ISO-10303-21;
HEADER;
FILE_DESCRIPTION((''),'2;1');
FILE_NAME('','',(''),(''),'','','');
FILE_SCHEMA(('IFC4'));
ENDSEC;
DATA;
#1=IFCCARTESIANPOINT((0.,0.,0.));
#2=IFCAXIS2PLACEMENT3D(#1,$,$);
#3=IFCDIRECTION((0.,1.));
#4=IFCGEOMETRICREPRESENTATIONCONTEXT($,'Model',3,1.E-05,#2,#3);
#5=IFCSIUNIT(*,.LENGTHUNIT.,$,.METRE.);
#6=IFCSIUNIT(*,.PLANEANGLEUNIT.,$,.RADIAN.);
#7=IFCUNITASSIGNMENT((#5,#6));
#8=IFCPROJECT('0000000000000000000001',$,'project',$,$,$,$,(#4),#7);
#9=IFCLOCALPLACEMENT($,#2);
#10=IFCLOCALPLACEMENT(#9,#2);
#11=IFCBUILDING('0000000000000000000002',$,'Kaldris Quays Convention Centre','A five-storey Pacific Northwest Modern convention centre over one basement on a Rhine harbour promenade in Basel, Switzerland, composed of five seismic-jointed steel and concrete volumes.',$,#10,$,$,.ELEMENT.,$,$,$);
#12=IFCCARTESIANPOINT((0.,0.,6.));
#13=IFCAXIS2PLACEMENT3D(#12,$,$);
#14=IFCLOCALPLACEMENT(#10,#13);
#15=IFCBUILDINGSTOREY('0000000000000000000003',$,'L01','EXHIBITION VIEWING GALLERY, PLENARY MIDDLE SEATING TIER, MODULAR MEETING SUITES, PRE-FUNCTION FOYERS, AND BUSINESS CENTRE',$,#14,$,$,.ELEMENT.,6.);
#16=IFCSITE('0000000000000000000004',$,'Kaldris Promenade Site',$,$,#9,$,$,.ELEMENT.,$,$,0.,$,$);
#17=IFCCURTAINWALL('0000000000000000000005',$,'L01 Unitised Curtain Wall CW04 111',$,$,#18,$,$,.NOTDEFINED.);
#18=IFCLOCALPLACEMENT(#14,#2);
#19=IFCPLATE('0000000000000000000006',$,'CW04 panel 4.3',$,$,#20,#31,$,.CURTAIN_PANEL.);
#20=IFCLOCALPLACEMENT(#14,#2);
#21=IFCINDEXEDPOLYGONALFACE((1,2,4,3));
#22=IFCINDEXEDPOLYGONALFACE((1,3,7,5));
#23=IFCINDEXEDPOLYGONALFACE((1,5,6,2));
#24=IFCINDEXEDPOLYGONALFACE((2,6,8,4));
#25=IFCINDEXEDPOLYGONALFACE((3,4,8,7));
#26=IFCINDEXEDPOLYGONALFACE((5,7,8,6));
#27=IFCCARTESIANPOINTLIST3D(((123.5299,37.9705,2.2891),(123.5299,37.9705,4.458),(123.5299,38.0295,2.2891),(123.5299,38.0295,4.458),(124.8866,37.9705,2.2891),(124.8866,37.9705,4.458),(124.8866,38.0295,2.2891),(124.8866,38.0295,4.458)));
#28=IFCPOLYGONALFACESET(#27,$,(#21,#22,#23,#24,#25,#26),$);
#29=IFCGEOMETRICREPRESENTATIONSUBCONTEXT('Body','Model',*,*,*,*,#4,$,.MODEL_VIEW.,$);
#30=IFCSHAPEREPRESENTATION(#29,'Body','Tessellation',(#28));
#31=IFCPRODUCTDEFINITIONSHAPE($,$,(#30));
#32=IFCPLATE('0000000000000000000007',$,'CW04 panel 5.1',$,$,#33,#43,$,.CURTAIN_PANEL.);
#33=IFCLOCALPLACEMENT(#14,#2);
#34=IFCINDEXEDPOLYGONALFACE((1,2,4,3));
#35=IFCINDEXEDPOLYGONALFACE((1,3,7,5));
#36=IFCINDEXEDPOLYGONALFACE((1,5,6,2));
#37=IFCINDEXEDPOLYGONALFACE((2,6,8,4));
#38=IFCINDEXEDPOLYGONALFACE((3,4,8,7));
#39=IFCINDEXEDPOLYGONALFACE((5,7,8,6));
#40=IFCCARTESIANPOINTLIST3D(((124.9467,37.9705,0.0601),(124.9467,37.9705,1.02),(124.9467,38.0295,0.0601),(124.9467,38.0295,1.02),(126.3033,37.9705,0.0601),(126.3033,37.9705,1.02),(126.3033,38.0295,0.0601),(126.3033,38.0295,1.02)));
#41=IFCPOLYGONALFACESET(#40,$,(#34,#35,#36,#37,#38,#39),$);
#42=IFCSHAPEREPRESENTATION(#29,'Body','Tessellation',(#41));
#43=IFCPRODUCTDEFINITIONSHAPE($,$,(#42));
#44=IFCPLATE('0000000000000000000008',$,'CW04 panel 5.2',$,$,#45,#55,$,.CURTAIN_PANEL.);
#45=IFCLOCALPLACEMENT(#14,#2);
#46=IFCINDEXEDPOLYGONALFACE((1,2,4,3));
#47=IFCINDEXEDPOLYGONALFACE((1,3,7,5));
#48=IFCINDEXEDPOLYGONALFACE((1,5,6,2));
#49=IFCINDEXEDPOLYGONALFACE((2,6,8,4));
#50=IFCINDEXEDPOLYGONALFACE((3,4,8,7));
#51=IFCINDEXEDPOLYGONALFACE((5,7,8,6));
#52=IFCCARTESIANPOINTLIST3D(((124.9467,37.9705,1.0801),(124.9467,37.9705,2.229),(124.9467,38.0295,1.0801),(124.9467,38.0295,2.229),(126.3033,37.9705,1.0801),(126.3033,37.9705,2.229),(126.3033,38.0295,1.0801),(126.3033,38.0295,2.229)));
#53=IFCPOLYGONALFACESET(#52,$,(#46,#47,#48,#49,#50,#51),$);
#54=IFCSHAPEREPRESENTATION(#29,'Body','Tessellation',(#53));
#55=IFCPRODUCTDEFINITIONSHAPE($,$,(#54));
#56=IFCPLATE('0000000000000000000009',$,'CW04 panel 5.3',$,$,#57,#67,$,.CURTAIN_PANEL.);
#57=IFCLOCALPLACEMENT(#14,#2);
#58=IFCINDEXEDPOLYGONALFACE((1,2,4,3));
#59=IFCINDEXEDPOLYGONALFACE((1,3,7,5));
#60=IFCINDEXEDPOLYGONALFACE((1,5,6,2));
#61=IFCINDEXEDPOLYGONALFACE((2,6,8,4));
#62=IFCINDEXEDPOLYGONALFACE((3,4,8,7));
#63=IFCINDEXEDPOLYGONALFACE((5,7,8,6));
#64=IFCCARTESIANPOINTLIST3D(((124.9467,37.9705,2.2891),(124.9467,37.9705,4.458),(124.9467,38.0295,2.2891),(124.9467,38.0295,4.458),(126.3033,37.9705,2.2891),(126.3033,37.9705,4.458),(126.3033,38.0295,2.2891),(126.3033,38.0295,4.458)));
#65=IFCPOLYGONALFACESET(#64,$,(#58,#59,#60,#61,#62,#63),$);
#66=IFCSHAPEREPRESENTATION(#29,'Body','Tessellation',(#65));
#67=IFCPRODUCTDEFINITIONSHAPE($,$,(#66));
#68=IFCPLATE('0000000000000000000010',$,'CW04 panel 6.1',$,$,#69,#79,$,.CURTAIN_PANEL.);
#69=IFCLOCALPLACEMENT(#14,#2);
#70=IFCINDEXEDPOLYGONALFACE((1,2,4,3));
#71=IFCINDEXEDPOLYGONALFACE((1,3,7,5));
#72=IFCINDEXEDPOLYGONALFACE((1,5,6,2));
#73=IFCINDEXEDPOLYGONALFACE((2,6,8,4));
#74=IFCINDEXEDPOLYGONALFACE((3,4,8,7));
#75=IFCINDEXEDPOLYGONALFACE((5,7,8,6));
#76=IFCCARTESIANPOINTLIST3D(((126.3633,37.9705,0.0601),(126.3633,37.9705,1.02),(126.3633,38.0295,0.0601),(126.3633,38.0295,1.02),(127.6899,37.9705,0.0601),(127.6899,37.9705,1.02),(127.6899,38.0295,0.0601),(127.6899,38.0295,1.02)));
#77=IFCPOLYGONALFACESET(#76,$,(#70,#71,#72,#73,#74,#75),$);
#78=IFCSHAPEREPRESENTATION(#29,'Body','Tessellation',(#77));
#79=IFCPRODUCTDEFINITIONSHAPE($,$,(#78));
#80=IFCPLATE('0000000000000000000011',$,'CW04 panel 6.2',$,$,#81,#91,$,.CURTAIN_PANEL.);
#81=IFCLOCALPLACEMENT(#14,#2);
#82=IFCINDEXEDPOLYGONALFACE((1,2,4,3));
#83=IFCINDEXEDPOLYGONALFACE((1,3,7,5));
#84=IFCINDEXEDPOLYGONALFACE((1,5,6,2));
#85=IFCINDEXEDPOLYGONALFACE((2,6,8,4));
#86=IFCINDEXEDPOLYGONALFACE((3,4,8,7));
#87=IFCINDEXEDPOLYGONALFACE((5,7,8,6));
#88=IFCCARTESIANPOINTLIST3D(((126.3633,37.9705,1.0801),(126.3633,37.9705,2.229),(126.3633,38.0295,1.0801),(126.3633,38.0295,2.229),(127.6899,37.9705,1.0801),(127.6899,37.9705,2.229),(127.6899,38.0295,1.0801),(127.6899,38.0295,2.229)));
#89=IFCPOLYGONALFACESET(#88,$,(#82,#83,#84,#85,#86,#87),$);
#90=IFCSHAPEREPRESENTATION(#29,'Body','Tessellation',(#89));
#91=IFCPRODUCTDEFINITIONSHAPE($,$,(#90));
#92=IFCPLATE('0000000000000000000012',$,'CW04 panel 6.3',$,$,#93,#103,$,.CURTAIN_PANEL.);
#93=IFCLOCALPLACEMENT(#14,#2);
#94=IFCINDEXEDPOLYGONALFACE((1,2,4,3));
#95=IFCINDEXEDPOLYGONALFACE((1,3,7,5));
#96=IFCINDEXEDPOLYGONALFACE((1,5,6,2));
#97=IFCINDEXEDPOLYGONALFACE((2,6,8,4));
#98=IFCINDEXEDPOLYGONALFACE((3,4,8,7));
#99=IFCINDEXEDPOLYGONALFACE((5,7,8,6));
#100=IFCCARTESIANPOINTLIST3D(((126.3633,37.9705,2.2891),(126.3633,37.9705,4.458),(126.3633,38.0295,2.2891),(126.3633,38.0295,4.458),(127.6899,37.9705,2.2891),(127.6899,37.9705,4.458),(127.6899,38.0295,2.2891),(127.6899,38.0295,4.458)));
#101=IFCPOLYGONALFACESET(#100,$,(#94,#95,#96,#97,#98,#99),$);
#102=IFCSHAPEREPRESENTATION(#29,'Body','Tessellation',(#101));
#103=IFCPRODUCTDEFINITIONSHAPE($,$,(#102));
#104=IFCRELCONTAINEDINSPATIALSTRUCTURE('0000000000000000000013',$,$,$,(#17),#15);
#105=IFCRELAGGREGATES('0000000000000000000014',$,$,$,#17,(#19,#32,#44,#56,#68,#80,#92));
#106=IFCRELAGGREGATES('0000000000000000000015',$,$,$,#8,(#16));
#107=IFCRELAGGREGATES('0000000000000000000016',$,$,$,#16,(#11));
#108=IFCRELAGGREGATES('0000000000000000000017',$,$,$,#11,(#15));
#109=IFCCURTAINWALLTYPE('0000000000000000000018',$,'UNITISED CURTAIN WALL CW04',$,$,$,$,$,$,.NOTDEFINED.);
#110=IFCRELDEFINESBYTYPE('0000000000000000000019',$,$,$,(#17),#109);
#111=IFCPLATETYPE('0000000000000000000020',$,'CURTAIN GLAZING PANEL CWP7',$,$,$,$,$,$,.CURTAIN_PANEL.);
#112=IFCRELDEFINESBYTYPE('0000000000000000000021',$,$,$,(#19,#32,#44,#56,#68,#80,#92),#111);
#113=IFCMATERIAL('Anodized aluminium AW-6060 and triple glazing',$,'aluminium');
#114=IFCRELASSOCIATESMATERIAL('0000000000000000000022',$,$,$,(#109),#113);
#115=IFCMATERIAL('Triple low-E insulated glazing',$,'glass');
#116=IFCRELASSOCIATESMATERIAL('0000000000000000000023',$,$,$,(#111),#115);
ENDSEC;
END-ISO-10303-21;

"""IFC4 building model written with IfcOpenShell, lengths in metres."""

from ifc_helpers import new_model, si_unit, direction, frame, origin, origin_2d, place, context, subcontext, project, spatial, rectangle, extrude, material, type_object, element, aggregate, save


model = new_model("IFC4")

# Units and contexts
model_context = context("Model", 3, precision=1e-05, world=origin(), true_north=direction((0.0, 1.0)))
body_context = subcontext(model_context, "Body", "Model", "MODEL_VIEW")
ifc_project = project(units=[si_unit("LENGTHUNIT", "METRE"), si_unit("PLANEANGLEUNIT", "RADIAN")], contexts=[model_context])

# Site, building, storey
site_placement = place(None, origin())
site = spatial("IfcSite", under=ifc_project, at=site_placement, Name="Kaldris Promenade Site", CompositionType="ELEMENT", RefElevation=0.0)
building_placement = place(site_placement, origin())
building = spatial("IfcBuilding", under=site, at=building_placement, Name="Kaldris Quays Convention Centre", Description="A five-storey Pacific Northwest Modern convention centre over one basement on a Rhine harbour promenade in Basel, Switzerland, composed of five seismic-jointed steel and concrete volumes.", CompositionType="ELEMENT")
storey_placement = place(building_placement, frame((0.0, 0.0, 6.0)))
storey = spatial("IfcBuildingStorey", under=building, at=storey_placement, Name="L01", Description="EXHIBITION VIEWING GALLERY, PLENARY MIDDLE SEATING TIER, MODULAR MEETING SUITES, PRE-FUNCTION FOYERS, AND BUSINESS CENTRE", CompositionType="ELEMENT", Elevation=6.0)

# Curtain wall
ifc_material_1 = material(Name="Anodized aluminium AW-6060 and triple glazing", Category="aluminium")
curtain_wall_type = type_object("IfcCurtainWallType", Name="UNITISED CURTAIN WALL CW04", PredefinedType="NOTDEFINED", material=ifc_material_1)
curtain_wall_1_placement = place(storey_placement, origin())
curtain_wall_1 = element("IfcCurtainWall", 1, at=curtain_wall_1_placement, inside=storey, type_object=curtain_wall_type, Name="L01 Unitised Curtain Wall CW04 111", PredefinedType="NOTDEFINED")

# Plates
ifc_material_2 = material(Name="Triple low-E insulated glazing", Category="glass")
plate_type = type_object("IfcPlateType", Name="CURTAIN GLAZING PANEL CWP7", PredefinedType="CURTAIN_PANEL", material=ifc_material_2)
plate_1_placement = place(storey_placement, frame((124.2083, 38.0, 2.2891), z_axis=(0.0, 0.0, 1.0), x_axis=(1.0, 0.0, 0.0)))
plate_1 = element("IfcPlate", 2, at=plate_1_placement, type_object=plate_type, Name="CW04 panel 4.3", PredefinedType="CURTAIN_PANEL", context=body_context, shape_type="SweptSolid", body=[
    extrude(rectangle(XDim=1.3567, YDim=0.0591, at=origin_2d()), origin(), (0.0, 0.0, 1.0), 2.1689),
])
plate_2_placement = place(storey_placement, frame((125.625, 38.0, 0.0601), z_axis=(0.0, 0.0, 1.0), x_axis=(1.0, 0.0, 0.0)))
plate_2 = element("IfcPlate", 3, at=plate_2_placement, type_object=plate_type, Name="CW04 panel 5.1", PredefinedType="CURTAIN_PANEL", context=body_context, shape_type="SweptSolid", body=[
    extrude(rectangle(XDim=1.3567, YDim=0.0591, at=origin_2d()), origin(), (0.0, 0.0, 1.0), 0.96),
])
plate_3_placement = place(storey_placement, frame((125.625, 38.0, 1.0801), z_axis=(0.0, 0.0, 1.0), x_axis=(1.0, 0.0, 0.0)))
plate_3 = element("IfcPlate", 4, at=plate_3_placement, type_object=plate_type, Name="CW04 panel 5.2", PredefinedType="CURTAIN_PANEL", context=body_context, shape_type="SweptSolid", body=[
    extrude(rectangle(XDim=1.3567, YDim=0.0591, at=origin_2d()), origin(), (0.0, 0.0, 1.0), 1.1489),
])
plate_4_placement = place(storey_placement, frame((125.625, 38.0, 2.2891), z_axis=(0.0, 0.0, 1.0), x_axis=(1.0, 0.0, 0.0)))
plate_4 = element("IfcPlate", 5, at=plate_4_placement, type_object=plate_type, Name="CW04 panel 5.3", PredefinedType="CURTAIN_PANEL", context=body_context, shape_type="SweptSolid", body=[
    extrude(rectangle(XDim=1.3567, YDim=0.0591, at=origin_2d()), origin(), (0.0, 0.0, 1.0), 2.1689),
])
plate_5_placement = place(storey_placement, frame((127.0266, 38.0, 0.0601), z_axis=(0.0, 0.0, 1.0), x_axis=(1.0, 0.0, 0.0)))
plate_5 = element("IfcPlate", 6, at=plate_5_placement, type_object=plate_type, Name="CW04 panel 6.1", PredefinedType="CURTAIN_PANEL", context=body_context, shape_type="SweptSolid", body=[
    extrude(rectangle(XDim=1.3267, YDim=0.0591, at=origin_2d()), origin(), (0.0, 0.0, 1.0), 0.96),
])
plate_6_placement = place(storey_placement, frame((127.0266, 38.0, 1.0801), z_axis=(0.0, 0.0, 1.0), x_axis=(1.0, 0.0, 0.0)))
plate_6 = element("IfcPlate", 7, at=plate_6_placement, type_object=plate_type, Name="CW04 panel 6.2", PredefinedType="CURTAIN_PANEL", context=body_context, shape_type="SweptSolid", body=[
    extrude(rectangle(XDim=1.3267, YDim=0.0591, at=origin_2d()), origin(), (0.0, 0.0, 1.0), 1.1489),
])
plate_7_placement = place(storey_placement, frame((127.0266, 38.0, 2.2891), z_axis=(0.0, 0.0, 1.0), x_axis=(1.0, 0.0, 0.0)))
plate_7 = element("IfcPlate", 8, at=plate_7_placement, type_object=plate_type, Name="CW04 panel 6.3", PredefinedType="CURTAIN_PANEL", context=body_context, shape_type="SweptSolid", body=[
    extrude(rectangle(XDim=1.3267, YDim=0.0591, at=origin_2d()), origin(), (0.0, 0.0, 1.0), 2.1689),
])
aggregate(curtain_wall_1, [plate_1, plate_2, plate_3, plate_4, plate_5, plate_6, plate_7])

save(model, "model.ifc")
